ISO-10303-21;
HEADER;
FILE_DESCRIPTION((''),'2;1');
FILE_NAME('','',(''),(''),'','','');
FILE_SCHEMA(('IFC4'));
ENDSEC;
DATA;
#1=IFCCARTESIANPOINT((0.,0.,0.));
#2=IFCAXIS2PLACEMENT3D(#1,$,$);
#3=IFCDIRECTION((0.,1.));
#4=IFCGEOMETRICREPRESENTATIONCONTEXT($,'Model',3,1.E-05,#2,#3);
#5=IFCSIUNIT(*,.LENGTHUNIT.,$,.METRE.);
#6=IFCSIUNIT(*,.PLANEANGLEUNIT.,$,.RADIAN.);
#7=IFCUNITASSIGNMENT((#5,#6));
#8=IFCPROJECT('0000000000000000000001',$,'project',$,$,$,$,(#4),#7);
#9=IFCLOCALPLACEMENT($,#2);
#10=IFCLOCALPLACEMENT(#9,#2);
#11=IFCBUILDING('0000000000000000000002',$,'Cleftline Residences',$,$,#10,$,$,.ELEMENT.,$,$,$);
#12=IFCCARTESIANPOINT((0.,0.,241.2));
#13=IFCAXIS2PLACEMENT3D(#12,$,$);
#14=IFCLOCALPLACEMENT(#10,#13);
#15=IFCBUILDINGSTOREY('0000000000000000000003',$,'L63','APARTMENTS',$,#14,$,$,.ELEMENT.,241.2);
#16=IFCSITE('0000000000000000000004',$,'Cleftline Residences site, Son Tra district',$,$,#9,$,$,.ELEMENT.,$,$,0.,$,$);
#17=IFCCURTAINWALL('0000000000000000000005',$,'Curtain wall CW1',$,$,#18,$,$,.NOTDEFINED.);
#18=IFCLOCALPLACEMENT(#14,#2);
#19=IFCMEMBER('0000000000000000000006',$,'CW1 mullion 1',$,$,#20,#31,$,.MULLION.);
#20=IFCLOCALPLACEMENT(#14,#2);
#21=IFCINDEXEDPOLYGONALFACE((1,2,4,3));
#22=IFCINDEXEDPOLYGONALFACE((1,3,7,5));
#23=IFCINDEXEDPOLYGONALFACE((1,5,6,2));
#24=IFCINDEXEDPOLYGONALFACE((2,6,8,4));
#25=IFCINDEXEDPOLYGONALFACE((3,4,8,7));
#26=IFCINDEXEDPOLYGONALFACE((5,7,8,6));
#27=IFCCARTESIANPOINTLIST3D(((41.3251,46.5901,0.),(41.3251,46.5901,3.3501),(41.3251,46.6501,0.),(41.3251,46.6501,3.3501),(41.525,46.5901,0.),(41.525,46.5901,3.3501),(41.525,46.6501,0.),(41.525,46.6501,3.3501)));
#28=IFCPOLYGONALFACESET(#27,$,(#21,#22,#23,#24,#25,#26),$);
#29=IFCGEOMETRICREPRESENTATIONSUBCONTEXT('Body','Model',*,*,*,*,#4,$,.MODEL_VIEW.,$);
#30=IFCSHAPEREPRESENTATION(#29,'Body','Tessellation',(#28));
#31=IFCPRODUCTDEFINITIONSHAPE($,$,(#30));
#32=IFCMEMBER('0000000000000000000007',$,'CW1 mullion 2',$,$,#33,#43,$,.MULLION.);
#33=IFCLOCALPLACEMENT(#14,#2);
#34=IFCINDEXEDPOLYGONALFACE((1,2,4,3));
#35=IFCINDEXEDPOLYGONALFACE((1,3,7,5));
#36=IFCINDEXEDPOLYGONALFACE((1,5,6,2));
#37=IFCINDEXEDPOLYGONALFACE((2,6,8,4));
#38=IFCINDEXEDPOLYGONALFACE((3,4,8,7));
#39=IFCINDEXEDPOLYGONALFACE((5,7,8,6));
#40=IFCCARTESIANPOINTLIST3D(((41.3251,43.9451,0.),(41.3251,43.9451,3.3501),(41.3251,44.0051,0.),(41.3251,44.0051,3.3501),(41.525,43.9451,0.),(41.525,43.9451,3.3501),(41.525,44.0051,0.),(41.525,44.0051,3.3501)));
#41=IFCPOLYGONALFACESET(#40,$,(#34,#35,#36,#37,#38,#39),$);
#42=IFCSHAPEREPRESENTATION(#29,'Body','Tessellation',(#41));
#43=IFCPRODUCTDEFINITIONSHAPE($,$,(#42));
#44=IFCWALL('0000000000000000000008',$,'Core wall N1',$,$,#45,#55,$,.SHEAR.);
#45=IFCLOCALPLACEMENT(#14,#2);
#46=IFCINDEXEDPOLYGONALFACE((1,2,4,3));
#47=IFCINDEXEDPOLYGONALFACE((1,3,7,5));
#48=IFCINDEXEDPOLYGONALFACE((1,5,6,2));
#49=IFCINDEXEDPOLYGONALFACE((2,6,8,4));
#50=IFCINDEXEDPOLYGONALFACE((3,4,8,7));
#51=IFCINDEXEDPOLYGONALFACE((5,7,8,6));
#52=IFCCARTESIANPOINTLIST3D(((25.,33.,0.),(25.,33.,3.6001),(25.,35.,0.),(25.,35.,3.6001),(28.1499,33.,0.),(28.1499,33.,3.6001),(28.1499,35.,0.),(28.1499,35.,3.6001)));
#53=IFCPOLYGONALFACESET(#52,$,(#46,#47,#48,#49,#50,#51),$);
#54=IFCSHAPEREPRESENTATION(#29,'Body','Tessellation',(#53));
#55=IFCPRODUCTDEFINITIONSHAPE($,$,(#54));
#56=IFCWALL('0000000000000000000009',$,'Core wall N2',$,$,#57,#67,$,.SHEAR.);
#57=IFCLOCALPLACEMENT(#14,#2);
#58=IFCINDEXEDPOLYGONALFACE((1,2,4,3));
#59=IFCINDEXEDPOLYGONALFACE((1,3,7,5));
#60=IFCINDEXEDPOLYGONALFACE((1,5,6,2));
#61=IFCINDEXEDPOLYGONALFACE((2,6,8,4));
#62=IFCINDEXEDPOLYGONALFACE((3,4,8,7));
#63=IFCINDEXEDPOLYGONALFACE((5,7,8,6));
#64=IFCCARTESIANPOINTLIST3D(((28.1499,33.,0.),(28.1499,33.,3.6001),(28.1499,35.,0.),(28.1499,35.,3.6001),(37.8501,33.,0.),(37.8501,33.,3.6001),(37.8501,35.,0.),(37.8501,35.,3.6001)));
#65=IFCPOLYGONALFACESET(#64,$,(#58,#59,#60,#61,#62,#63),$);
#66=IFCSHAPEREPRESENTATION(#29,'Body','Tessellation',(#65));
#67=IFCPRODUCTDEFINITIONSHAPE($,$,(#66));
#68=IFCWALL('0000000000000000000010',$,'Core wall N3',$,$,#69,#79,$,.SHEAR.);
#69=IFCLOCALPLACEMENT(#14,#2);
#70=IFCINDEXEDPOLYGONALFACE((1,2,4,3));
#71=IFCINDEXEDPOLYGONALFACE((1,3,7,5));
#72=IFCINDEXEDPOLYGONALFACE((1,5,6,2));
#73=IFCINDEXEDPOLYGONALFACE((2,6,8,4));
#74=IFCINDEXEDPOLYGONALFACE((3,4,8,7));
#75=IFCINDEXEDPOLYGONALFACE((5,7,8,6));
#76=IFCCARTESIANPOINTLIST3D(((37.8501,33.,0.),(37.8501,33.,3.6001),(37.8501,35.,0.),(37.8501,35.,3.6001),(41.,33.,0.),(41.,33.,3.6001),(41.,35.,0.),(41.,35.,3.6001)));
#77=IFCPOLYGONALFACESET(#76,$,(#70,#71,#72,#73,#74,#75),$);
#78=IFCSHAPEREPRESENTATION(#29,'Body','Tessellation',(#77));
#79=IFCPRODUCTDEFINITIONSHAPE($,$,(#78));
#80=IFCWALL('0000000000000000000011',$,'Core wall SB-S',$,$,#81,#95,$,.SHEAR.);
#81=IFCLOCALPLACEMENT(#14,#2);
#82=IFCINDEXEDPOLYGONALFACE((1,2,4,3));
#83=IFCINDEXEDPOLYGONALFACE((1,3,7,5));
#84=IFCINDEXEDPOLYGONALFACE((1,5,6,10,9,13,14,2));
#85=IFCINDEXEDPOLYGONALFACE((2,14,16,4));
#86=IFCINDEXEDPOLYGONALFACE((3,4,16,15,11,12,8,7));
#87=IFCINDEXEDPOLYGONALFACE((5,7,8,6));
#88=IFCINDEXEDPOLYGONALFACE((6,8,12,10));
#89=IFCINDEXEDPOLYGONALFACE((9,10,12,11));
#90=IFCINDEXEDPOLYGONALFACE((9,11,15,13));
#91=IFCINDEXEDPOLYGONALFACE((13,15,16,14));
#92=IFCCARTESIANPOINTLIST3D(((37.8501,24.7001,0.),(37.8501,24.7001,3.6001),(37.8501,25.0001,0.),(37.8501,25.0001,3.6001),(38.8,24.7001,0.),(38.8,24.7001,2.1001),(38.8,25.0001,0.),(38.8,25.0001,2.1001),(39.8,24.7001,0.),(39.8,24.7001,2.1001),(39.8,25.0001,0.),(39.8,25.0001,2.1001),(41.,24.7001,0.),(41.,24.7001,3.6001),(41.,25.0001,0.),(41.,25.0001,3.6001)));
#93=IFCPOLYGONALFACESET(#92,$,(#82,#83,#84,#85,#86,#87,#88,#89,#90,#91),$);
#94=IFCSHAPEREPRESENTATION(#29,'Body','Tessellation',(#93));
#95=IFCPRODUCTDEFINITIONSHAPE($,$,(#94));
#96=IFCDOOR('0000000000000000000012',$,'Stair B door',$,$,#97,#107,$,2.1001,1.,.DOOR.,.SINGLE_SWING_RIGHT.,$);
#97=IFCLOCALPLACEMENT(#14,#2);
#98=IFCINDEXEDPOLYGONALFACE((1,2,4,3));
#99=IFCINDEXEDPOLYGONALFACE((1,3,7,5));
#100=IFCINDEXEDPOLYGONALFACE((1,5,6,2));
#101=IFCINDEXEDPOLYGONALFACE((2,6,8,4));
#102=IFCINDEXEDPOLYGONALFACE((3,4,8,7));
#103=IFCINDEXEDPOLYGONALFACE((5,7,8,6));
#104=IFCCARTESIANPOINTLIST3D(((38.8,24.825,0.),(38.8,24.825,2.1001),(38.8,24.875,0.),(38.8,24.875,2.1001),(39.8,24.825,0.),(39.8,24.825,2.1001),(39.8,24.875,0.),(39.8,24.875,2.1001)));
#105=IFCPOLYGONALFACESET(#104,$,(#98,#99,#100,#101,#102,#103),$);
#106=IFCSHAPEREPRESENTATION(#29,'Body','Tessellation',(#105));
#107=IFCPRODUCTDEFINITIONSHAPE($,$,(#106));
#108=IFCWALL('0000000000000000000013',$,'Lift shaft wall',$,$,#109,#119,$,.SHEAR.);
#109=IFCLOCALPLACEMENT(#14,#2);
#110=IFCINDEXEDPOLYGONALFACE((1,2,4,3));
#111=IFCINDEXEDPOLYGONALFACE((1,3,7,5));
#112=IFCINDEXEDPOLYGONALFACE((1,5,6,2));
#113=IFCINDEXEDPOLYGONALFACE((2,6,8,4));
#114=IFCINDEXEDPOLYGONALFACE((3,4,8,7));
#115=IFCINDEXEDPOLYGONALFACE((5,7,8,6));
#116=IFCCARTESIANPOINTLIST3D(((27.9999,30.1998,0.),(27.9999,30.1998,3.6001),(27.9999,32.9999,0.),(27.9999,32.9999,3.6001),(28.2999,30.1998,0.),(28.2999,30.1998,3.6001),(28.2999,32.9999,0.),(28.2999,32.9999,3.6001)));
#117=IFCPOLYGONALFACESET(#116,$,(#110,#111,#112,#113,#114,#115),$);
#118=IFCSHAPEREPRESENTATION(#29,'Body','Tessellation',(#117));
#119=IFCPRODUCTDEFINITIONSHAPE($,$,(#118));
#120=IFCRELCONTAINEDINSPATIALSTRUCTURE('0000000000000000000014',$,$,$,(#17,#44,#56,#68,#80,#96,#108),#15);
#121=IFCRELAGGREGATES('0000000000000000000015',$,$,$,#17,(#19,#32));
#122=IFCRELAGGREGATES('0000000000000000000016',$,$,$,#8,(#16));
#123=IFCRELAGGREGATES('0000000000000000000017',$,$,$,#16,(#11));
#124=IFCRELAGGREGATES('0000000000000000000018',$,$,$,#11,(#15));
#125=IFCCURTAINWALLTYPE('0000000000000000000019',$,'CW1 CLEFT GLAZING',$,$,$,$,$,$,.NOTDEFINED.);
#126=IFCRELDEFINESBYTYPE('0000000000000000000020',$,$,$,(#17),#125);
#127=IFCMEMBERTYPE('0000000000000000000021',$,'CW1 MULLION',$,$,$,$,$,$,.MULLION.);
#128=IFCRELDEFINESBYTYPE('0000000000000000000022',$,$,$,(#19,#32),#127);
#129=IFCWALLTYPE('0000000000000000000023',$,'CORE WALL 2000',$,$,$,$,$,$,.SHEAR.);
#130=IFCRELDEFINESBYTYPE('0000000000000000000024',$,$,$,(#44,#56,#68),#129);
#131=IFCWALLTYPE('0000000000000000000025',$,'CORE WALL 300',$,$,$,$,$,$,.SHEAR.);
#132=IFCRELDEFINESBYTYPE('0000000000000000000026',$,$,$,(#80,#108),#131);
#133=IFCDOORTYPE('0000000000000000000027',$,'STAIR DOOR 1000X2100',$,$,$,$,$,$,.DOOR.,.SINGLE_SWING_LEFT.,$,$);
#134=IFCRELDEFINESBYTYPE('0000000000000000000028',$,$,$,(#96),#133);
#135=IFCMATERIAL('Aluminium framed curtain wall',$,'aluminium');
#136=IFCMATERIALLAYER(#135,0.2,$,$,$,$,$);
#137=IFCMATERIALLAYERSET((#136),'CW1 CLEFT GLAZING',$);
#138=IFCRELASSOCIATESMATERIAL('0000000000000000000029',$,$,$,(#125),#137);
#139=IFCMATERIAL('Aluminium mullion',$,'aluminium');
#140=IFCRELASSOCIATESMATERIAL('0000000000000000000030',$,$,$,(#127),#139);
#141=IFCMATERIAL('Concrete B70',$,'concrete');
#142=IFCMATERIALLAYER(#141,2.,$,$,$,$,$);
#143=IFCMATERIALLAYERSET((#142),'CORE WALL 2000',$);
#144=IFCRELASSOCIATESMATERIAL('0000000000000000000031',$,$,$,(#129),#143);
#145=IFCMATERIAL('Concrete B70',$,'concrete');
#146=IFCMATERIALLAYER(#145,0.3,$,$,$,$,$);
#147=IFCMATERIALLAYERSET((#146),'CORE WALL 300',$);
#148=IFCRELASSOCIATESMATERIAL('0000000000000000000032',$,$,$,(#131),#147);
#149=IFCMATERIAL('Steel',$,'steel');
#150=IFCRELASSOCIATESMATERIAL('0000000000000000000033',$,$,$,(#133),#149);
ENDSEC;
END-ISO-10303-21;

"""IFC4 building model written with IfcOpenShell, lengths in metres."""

from ifc_helpers import new_model, si_unit, direction, frame, frame_2d, origin, origin_2d, place, context, subcontext, project, spatial, rectangle, extrude, material, layer, layer_set, material_profile, profile_set, type_object, element, fill, aggregate, save


model = new_model("IFC4")

# Units and contexts
model_context = context("Model", 3, precision=1e-05, world=origin(), true_north=direction((0.0, 1.0)))
body_context = subcontext(model_context, "Body", "Model", "MODEL_VIEW")
ifc_project = project(units=[si_unit("LENGTHUNIT", "METRE"), si_unit("PLANEANGLEUNIT", "RADIAN")], contexts=[model_context])

# Site, building, storey
site_placement = place(None, origin())
site = spatial("IfcSite", under=ifc_project, at=site_placement, Name="Cleftline Residences site, Son Tra district", CompositionType="ELEMENT", RefElevation=0.0)
building_placement = place(site_placement, origin())
building = spatial("IfcBuilding", under=site, at=building_placement, Name="Cleftline Residences", CompositionType="ELEMENT")
storey_placement = place(building_placement, frame((0.0, 0.0, 241.2)))
storey = spatial("IfcBuildingStorey", under=building, at=storey_placement, Name="L63", Description="APARTMENTS", CompositionType="ELEMENT", Elevation=241.2)

# Curtain wall, members
ifc_material_1 = material(Name="Aluminium framed curtain wall", Category="aluminium")
ifc_layer_1 = layer(ifc_material_1, 0.2)
ifc_layer_set_1 = layer_set([ifc_layer_1], Name="CW1 CLEFT GLAZING")
curtain_wall_type = type_object("IfcCurtainWallType", Name="CW1 CLEFT GLAZING", PredefinedType="NOTDEFINED", material=ifc_layer_set_1)
curtain_wall_placement = place(storey_placement, origin())
curtain_wall = element("IfcCurtainWall", 1, at=curtain_wall_placement, inside=storey, type_object=curtain_wall_type, Name="Curtain wall CW1", PredefinedType="NOTDEFINED")
ifc_material_2 = material(Name="Aluminium mullion", Category="aluminium")
ifc_material_profile = material_profile(ifc_material_2, rectangle(XDim=0.2, YDim=0.0601, at=origin_2d()))
ifc_profile_set = profile_set([ifc_material_profile], Name="Aluminium mullion")
member_type = type_object("IfcMemberType", Name="CW1 MULLION", PredefinedType="MULLION", material=ifc_profile_set)
member_1_placement = place(storey_placement, frame((41.425, 46.6201, 0.0), z_axis=(0.0, 0.0, 1.0), x_axis=(1.0, 0.0, 0.0)))
member_1 = element("IfcMember", 2, at=member_1_placement, type_object=member_type, Name="CW1 mullion 1", PredefinedType="MULLION", context=body_context, shape_type="SweptSolid", body=[
    extrude(rectangle(XDim=0.2, YDim=0.0601, at=origin_2d()), origin(), (0.0, 0.0, 1.0), 3.3501),
])
member_2_placement = place(storey_placement, frame((41.425, 43.9751, 0.0), z_axis=(0.0, 0.0, 1.0), x_axis=(1.0, 0.0, 0.0)))
member_2 = element("IfcMember", 3, at=member_2_placement, type_object=member_type, Name="CW1 mullion 2", PredefinedType="MULLION", context=body_context, shape_type="SweptSolid", body=[
    extrude(rectangle(XDim=0.2, YDim=0.0601, at=origin_2d()), origin(), (0.0, 0.0, 1.0), 3.3501),
])
aggregate(curtain_wall, [member_1, member_2])

# Walls
ifc_material_3 = material(Name="Concrete B70", Category="concrete")
ifc_layer_2 = layer(ifc_material_3, 2.0)
ifc_layer_set_2 = layer_set([ifc_layer_2], Name="CORE WALL 2000")
wall_type_1 = type_object("IfcWallType", Name="CORE WALL 2000", PredefinedType="SHEAR", material=ifc_layer_set_2)
wall_1_placement = place(storey_placement, frame((25.0, 34.0, 0.0), z_axis=(0.0, 0.0, 1.0), x_axis=(1.0, 0.0, 0.0)))
element("IfcWall", 4, at=wall_1_placement, inside=storey, type_object=wall_type_1, Name="Core wall N1", PredefinedType="SHEAR", context=body_context, shape_type="SweptSolid", body=[
    extrude(rectangle(XDim=3.1499, YDim=2.0, at=frame_2d((1.575, 0.0))), origin(), (0.0, 0.0, 1.0), 3.6001),
])
wall_2_placement = place(storey_placement, frame((28.1499, 34.0, 0.0), z_axis=(0.0, 0.0, 1.0), x_axis=(1.0, 0.0, 0.0)))
element("IfcWall", 5, at=wall_2_placement, inside=storey, type_object=wall_type_1, Name="Core wall N2", PredefinedType="SHEAR", context=body_context, shape_type="SweptSolid", body=[
    extrude(rectangle(XDim=9.7002, YDim=2.0, at=frame_2d((4.8501, 0.0))), origin(), (0.0, 0.0, 1.0), 3.6001),
])
wall_3_placement = place(storey_placement, frame((37.8501, 34.0, 0.0), z_axis=(0.0, 0.0, 1.0), x_axis=(1.0, 0.0, 0.0)))
element("IfcWall", 6, at=wall_3_placement, inside=storey, type_object=wall_type_1, Name="Core wall N3", PredefinedType="SHEAR", context=body_context, shape_type="SweptSolid", body=[
    extrude(rectangle(XDim=3.1499, YDim=2.0, at=frame_2d((1.575, 0.0))), origin(), (0.0, 0.0, 1.0), 3.6001),
])

# Wall, opening, door
ifc_material_4 = material(Name="Concrete B70", Category="concrete")
ifc_layer_3 = layer(ifc_material_4, 0.3)
ifc_layer_set_3 = layer_set([ifc_layer_3], Name="CORE WALL 300")
wall_type_2 = type_object("IfcWallType", Name="CORE WALL 300", PredefinedType="SHEAR", material=ifc_layer_set_3)
wall_4_placement = place(storey_placement, frame((37.8501, 24.8501, 0.0), z_axis=(0.0, 0.0, 1.0), x_axis=(1.0, 0.0, 0.0)))
wall_4 = element("IfcWall", 7, at=wall_4_placement, inside=storey, type_object=wall_type_2, Name="Core wall SB-S", PredefinedType="SHEAR", context=body_context, shape_type="SweptSolid", body=[
    extrude(rectangle(XDim=3.1499, YDim=0.3, at=frame_2d((1.575, 0.0))), origin(), (0.0, 0.0, 1.0), 3.6001),
])
opening_1_placement = place(wall_4_placement, frame((0.95, 0.0, 0.0)))
opening_1 = element("IfcOpeningElement", 8, at=opening_1_placement, cuts=wall_4, PredefinedType="OPENING", context=body_context, shape_type="SweptSolid", body=[
    extrude(rectangle(XDim=1.0, YDim=2.1001, at=frame_2d((0.5, 1.05))), frame((0.0, 0.1599, 0.0), z_axis=(0.0, -1.0, 0.0), x_axis=(1.0, 0.0, 0.0)), (0.0, 0.0, 1.0), 0.3201),
])
ifc_material_5 = material(Name="Steel", Category="steel")
door_type_1 = type_object("IfcDoorType", Name="STAIR DOOR 1000X2100", OperationType="SINGLE_SWING_LEFT", PredefinedType="DOOR", material=ifc_material_5)
door_1_placement = place(opening_1_placement, origin())
door_1 = element("IfcDoor", 9, at=door_1_placement, inside=storey, type_object=door_type_1, Name="Stair B door", OperationType="SINGLE_SWING_RIGHT", OverallHeight=2.1001, OverallWidth=1.0, PredefinedType="DOOR", context=body_context, shape_type="SweptSolid", body=[
    extrude(rectangle(XDim=1.0, YDim=2.1001, at=frame_2d((0.5, 1.05))), frame((0.0, 0.0249, 0.0), z_axis=(0.0, -1.0, 0.0), x_axis=(1.0, 0.0, 0.0)), (0.0, 0.0, 1.0), 0.05),
])
fill(opening_1, door_1)

# Wall
wall_5_placement = place(storey_placement, frame((28.1499, 30.2, 0.0), z_axis=(0.0, 0.0, 1.0), x_axis=(0.0, 1.0, 0.0)))
element("IfcWall", 10, at=wall_5_placement, inside=storey, type_object=wall_type_2, Name="Lift shaft wall", PredefinedType="SHEAR", context=body_context, shape_type="SweptSolid", body=[
    extrude(rectangle(XDim=2.8, YDim=0.3, at=frame_2d((1.3999, 0.0))), origin(), (0.0, 0.0, 1.0), 3.6001),
])

save(model, "model.ifc")
